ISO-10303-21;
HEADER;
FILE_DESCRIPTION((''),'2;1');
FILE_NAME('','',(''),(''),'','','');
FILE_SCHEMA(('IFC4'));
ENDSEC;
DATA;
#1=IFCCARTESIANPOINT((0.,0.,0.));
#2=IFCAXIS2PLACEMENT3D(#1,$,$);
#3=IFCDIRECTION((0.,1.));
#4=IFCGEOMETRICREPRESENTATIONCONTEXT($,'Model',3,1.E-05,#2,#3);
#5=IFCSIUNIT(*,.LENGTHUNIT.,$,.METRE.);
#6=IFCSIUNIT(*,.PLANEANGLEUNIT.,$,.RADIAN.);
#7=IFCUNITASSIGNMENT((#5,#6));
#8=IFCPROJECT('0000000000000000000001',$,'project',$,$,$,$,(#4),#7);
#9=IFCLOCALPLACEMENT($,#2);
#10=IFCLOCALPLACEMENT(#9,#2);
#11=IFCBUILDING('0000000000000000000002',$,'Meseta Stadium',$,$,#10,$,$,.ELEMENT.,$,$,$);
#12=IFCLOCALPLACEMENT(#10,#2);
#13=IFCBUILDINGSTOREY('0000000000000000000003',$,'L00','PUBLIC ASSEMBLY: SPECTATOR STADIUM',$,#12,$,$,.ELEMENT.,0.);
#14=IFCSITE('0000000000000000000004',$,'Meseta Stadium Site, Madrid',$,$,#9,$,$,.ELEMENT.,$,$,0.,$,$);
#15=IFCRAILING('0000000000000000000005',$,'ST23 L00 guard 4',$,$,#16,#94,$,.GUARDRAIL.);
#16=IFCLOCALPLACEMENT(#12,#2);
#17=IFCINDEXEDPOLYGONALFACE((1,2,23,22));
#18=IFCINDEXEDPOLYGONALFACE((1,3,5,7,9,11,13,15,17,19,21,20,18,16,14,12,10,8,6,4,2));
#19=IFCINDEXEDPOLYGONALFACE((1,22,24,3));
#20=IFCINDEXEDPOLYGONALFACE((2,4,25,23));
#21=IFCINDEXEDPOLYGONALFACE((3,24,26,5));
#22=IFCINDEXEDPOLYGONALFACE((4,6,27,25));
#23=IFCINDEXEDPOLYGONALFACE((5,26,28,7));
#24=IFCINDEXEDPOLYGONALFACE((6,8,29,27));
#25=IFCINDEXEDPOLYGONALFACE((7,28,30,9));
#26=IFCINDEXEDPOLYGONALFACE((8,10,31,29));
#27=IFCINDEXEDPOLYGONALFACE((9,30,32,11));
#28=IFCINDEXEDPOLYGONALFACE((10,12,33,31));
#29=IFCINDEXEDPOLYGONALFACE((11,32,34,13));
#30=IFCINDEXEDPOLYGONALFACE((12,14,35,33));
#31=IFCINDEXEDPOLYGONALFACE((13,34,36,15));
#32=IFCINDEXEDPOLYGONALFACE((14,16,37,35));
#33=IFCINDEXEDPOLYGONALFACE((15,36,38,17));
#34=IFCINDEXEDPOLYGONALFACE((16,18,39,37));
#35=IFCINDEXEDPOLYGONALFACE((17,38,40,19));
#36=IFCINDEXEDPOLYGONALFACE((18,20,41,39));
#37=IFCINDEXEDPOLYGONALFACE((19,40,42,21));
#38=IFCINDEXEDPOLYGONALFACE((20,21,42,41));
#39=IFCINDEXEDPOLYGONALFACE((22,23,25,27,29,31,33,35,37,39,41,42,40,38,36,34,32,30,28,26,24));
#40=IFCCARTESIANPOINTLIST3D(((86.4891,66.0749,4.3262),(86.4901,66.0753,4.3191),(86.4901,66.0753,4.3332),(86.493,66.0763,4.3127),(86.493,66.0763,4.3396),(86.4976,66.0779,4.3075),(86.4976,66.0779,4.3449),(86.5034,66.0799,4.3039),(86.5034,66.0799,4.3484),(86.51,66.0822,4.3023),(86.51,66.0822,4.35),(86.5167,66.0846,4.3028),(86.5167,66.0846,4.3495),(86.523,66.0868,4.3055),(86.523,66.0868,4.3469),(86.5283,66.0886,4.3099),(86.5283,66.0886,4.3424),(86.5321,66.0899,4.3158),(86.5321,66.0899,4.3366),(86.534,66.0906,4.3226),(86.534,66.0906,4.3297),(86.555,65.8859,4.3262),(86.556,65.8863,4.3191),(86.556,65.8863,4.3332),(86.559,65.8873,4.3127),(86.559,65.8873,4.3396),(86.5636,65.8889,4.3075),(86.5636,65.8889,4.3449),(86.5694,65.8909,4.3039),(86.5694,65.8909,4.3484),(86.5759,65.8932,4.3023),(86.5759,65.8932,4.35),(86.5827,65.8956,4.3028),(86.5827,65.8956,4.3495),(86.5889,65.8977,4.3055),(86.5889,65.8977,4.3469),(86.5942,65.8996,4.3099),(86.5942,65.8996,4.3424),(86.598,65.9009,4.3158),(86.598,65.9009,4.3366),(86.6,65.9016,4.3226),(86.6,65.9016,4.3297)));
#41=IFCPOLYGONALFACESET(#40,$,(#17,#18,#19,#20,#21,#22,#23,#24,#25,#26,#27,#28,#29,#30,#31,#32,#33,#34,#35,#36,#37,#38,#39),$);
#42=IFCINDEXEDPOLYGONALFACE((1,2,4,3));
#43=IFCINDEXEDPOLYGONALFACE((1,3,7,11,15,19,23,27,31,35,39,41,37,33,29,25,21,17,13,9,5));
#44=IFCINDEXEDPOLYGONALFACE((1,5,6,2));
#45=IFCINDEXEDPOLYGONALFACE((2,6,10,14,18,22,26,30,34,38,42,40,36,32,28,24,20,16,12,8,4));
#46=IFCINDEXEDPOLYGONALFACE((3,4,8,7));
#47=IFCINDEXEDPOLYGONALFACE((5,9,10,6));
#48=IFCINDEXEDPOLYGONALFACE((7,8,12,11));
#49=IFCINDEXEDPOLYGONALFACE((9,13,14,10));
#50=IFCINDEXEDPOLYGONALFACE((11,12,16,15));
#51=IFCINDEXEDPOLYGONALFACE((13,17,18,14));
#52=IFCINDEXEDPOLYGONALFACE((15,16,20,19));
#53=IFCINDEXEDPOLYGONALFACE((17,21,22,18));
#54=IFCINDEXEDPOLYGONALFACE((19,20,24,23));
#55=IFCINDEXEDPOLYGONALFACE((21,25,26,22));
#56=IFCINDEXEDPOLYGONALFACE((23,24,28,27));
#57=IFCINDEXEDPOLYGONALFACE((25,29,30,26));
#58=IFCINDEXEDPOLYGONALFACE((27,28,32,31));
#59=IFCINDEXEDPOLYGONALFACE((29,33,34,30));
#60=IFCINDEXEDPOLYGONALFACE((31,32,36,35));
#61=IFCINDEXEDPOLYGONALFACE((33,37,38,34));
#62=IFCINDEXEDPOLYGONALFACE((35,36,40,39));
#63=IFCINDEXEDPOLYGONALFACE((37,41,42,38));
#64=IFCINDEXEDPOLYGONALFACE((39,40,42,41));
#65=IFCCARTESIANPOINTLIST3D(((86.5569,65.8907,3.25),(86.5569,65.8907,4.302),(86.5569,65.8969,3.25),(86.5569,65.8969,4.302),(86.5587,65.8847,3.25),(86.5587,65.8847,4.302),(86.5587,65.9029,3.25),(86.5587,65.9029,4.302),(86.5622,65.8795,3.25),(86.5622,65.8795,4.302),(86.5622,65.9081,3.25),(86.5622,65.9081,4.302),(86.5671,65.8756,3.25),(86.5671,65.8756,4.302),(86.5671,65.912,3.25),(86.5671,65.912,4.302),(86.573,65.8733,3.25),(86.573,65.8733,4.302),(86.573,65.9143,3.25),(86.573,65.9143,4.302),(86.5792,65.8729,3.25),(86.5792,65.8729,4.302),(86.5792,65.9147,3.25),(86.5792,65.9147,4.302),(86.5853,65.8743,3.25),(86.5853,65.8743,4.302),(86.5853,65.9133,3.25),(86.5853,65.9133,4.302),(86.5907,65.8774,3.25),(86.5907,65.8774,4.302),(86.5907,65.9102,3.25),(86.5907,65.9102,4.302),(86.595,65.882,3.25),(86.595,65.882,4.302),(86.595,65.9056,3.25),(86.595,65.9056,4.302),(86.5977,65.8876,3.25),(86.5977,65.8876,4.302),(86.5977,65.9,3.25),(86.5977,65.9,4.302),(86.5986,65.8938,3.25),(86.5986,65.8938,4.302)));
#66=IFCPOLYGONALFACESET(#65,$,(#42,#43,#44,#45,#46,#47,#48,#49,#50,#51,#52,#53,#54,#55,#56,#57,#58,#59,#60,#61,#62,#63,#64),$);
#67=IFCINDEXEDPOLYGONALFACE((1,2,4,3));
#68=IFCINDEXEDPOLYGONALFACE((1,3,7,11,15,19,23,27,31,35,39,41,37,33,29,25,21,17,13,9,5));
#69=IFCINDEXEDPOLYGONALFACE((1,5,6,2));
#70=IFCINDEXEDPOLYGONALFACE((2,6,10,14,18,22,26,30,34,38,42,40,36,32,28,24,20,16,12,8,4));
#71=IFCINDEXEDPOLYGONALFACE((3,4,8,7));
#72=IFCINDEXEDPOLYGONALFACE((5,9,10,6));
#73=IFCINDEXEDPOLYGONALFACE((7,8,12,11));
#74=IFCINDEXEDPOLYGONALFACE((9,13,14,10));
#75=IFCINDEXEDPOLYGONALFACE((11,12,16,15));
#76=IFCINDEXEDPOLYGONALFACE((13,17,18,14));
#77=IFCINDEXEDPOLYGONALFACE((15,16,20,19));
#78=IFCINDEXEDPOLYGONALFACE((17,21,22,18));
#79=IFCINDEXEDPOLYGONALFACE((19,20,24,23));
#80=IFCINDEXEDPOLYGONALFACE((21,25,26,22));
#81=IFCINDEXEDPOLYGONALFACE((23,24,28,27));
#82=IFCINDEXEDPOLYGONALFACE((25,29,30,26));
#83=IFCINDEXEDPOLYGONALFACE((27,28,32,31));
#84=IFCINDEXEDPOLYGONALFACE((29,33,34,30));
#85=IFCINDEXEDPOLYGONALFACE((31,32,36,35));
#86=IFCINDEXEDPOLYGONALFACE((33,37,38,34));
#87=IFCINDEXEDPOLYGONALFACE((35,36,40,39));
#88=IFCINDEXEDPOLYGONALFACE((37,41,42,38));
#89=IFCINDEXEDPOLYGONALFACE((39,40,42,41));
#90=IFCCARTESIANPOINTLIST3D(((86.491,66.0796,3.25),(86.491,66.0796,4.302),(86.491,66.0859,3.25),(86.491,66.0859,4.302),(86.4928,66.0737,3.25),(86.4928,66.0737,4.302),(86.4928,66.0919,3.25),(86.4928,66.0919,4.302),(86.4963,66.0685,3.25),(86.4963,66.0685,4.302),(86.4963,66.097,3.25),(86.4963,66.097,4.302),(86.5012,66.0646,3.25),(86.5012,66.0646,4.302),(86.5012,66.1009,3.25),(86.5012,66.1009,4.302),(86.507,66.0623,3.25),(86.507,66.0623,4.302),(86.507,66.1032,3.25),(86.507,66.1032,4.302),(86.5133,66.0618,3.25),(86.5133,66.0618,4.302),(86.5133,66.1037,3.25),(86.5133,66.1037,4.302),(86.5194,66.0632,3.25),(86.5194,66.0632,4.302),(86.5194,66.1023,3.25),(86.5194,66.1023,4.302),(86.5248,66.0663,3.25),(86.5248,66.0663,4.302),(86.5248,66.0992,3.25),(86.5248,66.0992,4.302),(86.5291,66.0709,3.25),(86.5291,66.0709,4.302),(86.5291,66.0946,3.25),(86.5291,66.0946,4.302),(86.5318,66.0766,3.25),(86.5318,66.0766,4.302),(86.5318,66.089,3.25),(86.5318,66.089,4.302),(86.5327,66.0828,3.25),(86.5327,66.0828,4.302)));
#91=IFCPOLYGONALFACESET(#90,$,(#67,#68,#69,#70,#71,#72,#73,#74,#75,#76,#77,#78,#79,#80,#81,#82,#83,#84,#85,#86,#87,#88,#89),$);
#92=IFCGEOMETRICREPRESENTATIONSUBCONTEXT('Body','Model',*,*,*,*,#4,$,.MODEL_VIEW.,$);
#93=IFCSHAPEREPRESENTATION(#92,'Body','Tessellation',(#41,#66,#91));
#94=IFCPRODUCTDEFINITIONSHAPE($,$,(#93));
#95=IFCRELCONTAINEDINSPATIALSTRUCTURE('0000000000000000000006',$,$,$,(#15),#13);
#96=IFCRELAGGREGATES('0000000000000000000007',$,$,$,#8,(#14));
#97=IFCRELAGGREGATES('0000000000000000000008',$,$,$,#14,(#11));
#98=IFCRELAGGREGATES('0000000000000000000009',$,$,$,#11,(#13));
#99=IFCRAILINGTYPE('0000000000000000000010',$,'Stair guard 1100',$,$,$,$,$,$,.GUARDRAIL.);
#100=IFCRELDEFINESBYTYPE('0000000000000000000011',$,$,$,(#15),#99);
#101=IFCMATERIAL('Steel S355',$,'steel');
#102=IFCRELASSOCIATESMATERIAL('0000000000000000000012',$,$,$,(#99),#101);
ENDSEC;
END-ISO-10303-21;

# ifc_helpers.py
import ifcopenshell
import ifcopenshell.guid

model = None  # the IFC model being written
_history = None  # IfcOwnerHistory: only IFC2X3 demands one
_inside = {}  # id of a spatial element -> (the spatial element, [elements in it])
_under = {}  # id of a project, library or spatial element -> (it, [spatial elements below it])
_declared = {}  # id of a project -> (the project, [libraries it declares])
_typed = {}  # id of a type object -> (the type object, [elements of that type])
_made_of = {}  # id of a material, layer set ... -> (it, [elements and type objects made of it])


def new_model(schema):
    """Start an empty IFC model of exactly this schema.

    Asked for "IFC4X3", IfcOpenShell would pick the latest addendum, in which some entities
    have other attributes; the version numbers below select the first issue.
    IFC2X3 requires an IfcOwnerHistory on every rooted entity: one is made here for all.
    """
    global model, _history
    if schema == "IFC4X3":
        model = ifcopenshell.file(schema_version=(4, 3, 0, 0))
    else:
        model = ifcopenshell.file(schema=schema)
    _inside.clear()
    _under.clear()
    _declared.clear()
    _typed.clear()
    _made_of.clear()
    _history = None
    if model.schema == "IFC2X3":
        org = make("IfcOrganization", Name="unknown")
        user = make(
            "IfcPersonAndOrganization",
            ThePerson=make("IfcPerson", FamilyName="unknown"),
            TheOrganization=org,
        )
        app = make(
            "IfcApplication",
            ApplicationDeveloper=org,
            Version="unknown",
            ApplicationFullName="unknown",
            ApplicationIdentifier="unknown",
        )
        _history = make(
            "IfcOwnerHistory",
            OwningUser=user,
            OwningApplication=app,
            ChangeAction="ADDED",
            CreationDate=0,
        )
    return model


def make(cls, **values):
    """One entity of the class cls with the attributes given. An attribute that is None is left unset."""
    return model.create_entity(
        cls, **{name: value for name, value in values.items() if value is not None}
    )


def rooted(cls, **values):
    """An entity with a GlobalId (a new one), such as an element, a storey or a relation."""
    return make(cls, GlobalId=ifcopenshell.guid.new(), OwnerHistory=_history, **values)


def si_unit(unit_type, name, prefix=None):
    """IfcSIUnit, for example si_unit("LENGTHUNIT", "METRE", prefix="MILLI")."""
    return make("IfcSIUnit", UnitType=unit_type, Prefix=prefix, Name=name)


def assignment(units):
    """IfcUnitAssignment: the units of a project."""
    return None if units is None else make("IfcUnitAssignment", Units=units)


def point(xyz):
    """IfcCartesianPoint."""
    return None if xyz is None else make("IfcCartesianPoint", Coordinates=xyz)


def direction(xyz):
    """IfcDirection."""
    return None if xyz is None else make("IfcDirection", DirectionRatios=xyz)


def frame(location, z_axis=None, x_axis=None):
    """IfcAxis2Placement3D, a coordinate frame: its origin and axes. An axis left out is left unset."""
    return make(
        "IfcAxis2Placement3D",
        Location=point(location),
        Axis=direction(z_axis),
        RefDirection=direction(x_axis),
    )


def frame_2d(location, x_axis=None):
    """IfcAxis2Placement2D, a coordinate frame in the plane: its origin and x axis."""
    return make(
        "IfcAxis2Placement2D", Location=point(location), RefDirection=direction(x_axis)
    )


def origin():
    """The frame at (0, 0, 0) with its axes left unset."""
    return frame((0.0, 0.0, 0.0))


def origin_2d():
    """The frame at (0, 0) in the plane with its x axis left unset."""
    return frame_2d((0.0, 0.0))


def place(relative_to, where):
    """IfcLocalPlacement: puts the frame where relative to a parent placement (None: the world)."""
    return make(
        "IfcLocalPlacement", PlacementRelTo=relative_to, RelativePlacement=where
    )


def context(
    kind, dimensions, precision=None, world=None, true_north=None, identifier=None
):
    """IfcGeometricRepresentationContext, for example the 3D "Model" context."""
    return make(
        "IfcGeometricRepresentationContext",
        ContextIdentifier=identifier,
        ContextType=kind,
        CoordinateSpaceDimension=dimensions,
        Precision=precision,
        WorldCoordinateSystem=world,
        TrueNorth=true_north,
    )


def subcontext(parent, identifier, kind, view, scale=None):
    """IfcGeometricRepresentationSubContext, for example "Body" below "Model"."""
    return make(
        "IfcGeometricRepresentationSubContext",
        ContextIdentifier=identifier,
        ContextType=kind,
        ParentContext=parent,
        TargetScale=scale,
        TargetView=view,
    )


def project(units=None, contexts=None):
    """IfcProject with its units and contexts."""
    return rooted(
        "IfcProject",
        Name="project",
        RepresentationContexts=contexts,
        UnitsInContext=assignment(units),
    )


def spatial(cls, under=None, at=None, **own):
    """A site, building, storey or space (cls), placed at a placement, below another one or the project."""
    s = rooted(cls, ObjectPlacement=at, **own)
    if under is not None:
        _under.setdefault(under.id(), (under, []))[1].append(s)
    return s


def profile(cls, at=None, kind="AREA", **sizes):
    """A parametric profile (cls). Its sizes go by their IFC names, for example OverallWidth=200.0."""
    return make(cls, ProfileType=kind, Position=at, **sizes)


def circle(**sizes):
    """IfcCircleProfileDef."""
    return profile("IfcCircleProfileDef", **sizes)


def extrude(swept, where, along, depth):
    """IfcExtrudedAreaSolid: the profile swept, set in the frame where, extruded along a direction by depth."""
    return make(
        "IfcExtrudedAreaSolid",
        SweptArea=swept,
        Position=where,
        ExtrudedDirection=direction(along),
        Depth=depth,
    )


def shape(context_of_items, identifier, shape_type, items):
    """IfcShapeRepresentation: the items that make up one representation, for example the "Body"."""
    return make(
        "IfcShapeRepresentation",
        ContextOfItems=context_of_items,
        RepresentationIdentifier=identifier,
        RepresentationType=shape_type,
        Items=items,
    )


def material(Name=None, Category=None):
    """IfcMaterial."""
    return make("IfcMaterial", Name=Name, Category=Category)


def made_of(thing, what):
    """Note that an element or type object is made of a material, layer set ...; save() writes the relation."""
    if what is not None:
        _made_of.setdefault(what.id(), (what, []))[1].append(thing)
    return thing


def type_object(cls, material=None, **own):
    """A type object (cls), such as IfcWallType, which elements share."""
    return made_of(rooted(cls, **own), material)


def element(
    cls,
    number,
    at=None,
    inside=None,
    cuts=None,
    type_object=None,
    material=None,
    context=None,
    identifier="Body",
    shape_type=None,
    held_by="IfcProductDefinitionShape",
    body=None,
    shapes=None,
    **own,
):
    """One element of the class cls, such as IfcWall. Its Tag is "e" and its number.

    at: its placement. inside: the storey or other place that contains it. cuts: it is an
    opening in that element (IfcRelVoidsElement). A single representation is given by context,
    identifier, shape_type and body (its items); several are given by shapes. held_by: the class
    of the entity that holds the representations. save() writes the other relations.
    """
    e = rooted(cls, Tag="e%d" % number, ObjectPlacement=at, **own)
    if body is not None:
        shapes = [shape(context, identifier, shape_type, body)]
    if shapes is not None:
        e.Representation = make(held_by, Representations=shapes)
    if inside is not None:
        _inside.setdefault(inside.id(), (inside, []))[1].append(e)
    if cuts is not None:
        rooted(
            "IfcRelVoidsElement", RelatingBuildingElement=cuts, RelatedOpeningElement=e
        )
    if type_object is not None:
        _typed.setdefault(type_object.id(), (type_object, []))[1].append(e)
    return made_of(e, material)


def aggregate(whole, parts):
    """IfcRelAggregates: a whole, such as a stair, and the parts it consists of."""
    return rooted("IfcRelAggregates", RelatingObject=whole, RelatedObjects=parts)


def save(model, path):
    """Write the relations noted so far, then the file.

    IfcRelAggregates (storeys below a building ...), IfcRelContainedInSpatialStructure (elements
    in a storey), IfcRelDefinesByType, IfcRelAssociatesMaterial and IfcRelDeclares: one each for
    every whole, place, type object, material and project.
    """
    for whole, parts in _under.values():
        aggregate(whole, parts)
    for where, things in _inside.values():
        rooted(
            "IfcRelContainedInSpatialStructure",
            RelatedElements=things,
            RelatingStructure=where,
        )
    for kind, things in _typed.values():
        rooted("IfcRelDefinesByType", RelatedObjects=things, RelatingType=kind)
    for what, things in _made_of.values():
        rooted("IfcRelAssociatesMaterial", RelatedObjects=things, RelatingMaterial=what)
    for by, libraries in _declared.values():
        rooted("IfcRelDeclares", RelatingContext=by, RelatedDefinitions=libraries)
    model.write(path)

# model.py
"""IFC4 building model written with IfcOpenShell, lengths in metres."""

from ifc_helpers import new_model, si_unit, direction, frame, origin, origin_2d, place, context, subcontext, project, spatial, circle, extrude, material, type_object, element, save


model = new_model("IFC4")

# Units and contexts
model_context = context("Model", 3, precision=1e-05, world=origin(), true_north=direction((0.0, 1.0)))
body_context = subcontext(model_context, "Body", "Model", "MODEL_VIEW")
ifc_project = project(units=[si_unit("LENGTHUNIT", "METRE"), si_unit("PLANEANGLEUNIT", "RADIAN")], contexts=[model_context])

# Site, building, storey
site_placement = place(None, origin())
site = spatial("IfcSite", under=ifc_project, at=site_placement, Name="Meseta Stadium Site, Madrid", CompositionType="ELEMENT", RefElevation=0.0)
building_placement = place(site_placement, origin())
building = spatial("IfcBuilding", under=site, at=building_placement, Name="Meseta Stadium", CompositionType="ELEMENT")
storey_placement = place(building_placement, origin())
storey = spatial("IfcBuildingStorey", under=building, at=storey_placement, Name="L00", Description="PUBLIC ASSEMBLY: SPECTATOR STADIUM", CompositionType="ELEMENT", Elevation=0.0)

# Railing
ifc_material_1 = material(Name="Steel S355", Category="steel")
railing_type_1 = type_object("IfcRailingType", Name="Stair guard 1100", PredefinedType="GUARDRAIL", material=ifc_material_1)
railing_1_placement = place(storey_placement, frame((86.5776, 65.8938, 3.25)))
element("IfcRailing", 1, at=railing_1_placement, inside=storey, type_object=railing_type_1, Name="ST23 L00 guard 4", PredefinedType="GUARDRAIL", context=body_context, shape_type="SweptSolid", body=[
    extrude(circle(Radius=0.0239, at=origin_2d()), frame((0.0, 0.0, 1.0762), z_axis=(-0.329372, 0.9442, 0.0), x_axis=(-0.9442, -0.329372, 0.0)), (0.0, 0.0, 1.0), 0.2002),
    extrude(circle(Radius=0.021, at=origin_2d()), origin(), (0.0, 0.0, 1.0), 1.052),
    extrude(circle(Radius=0.021, at=origin_2d()), frame((-0.0659, 0.189, 0.0)), (0.0, 0.0, 1.0), 1.052),
])

save(model, "model.ifc")
